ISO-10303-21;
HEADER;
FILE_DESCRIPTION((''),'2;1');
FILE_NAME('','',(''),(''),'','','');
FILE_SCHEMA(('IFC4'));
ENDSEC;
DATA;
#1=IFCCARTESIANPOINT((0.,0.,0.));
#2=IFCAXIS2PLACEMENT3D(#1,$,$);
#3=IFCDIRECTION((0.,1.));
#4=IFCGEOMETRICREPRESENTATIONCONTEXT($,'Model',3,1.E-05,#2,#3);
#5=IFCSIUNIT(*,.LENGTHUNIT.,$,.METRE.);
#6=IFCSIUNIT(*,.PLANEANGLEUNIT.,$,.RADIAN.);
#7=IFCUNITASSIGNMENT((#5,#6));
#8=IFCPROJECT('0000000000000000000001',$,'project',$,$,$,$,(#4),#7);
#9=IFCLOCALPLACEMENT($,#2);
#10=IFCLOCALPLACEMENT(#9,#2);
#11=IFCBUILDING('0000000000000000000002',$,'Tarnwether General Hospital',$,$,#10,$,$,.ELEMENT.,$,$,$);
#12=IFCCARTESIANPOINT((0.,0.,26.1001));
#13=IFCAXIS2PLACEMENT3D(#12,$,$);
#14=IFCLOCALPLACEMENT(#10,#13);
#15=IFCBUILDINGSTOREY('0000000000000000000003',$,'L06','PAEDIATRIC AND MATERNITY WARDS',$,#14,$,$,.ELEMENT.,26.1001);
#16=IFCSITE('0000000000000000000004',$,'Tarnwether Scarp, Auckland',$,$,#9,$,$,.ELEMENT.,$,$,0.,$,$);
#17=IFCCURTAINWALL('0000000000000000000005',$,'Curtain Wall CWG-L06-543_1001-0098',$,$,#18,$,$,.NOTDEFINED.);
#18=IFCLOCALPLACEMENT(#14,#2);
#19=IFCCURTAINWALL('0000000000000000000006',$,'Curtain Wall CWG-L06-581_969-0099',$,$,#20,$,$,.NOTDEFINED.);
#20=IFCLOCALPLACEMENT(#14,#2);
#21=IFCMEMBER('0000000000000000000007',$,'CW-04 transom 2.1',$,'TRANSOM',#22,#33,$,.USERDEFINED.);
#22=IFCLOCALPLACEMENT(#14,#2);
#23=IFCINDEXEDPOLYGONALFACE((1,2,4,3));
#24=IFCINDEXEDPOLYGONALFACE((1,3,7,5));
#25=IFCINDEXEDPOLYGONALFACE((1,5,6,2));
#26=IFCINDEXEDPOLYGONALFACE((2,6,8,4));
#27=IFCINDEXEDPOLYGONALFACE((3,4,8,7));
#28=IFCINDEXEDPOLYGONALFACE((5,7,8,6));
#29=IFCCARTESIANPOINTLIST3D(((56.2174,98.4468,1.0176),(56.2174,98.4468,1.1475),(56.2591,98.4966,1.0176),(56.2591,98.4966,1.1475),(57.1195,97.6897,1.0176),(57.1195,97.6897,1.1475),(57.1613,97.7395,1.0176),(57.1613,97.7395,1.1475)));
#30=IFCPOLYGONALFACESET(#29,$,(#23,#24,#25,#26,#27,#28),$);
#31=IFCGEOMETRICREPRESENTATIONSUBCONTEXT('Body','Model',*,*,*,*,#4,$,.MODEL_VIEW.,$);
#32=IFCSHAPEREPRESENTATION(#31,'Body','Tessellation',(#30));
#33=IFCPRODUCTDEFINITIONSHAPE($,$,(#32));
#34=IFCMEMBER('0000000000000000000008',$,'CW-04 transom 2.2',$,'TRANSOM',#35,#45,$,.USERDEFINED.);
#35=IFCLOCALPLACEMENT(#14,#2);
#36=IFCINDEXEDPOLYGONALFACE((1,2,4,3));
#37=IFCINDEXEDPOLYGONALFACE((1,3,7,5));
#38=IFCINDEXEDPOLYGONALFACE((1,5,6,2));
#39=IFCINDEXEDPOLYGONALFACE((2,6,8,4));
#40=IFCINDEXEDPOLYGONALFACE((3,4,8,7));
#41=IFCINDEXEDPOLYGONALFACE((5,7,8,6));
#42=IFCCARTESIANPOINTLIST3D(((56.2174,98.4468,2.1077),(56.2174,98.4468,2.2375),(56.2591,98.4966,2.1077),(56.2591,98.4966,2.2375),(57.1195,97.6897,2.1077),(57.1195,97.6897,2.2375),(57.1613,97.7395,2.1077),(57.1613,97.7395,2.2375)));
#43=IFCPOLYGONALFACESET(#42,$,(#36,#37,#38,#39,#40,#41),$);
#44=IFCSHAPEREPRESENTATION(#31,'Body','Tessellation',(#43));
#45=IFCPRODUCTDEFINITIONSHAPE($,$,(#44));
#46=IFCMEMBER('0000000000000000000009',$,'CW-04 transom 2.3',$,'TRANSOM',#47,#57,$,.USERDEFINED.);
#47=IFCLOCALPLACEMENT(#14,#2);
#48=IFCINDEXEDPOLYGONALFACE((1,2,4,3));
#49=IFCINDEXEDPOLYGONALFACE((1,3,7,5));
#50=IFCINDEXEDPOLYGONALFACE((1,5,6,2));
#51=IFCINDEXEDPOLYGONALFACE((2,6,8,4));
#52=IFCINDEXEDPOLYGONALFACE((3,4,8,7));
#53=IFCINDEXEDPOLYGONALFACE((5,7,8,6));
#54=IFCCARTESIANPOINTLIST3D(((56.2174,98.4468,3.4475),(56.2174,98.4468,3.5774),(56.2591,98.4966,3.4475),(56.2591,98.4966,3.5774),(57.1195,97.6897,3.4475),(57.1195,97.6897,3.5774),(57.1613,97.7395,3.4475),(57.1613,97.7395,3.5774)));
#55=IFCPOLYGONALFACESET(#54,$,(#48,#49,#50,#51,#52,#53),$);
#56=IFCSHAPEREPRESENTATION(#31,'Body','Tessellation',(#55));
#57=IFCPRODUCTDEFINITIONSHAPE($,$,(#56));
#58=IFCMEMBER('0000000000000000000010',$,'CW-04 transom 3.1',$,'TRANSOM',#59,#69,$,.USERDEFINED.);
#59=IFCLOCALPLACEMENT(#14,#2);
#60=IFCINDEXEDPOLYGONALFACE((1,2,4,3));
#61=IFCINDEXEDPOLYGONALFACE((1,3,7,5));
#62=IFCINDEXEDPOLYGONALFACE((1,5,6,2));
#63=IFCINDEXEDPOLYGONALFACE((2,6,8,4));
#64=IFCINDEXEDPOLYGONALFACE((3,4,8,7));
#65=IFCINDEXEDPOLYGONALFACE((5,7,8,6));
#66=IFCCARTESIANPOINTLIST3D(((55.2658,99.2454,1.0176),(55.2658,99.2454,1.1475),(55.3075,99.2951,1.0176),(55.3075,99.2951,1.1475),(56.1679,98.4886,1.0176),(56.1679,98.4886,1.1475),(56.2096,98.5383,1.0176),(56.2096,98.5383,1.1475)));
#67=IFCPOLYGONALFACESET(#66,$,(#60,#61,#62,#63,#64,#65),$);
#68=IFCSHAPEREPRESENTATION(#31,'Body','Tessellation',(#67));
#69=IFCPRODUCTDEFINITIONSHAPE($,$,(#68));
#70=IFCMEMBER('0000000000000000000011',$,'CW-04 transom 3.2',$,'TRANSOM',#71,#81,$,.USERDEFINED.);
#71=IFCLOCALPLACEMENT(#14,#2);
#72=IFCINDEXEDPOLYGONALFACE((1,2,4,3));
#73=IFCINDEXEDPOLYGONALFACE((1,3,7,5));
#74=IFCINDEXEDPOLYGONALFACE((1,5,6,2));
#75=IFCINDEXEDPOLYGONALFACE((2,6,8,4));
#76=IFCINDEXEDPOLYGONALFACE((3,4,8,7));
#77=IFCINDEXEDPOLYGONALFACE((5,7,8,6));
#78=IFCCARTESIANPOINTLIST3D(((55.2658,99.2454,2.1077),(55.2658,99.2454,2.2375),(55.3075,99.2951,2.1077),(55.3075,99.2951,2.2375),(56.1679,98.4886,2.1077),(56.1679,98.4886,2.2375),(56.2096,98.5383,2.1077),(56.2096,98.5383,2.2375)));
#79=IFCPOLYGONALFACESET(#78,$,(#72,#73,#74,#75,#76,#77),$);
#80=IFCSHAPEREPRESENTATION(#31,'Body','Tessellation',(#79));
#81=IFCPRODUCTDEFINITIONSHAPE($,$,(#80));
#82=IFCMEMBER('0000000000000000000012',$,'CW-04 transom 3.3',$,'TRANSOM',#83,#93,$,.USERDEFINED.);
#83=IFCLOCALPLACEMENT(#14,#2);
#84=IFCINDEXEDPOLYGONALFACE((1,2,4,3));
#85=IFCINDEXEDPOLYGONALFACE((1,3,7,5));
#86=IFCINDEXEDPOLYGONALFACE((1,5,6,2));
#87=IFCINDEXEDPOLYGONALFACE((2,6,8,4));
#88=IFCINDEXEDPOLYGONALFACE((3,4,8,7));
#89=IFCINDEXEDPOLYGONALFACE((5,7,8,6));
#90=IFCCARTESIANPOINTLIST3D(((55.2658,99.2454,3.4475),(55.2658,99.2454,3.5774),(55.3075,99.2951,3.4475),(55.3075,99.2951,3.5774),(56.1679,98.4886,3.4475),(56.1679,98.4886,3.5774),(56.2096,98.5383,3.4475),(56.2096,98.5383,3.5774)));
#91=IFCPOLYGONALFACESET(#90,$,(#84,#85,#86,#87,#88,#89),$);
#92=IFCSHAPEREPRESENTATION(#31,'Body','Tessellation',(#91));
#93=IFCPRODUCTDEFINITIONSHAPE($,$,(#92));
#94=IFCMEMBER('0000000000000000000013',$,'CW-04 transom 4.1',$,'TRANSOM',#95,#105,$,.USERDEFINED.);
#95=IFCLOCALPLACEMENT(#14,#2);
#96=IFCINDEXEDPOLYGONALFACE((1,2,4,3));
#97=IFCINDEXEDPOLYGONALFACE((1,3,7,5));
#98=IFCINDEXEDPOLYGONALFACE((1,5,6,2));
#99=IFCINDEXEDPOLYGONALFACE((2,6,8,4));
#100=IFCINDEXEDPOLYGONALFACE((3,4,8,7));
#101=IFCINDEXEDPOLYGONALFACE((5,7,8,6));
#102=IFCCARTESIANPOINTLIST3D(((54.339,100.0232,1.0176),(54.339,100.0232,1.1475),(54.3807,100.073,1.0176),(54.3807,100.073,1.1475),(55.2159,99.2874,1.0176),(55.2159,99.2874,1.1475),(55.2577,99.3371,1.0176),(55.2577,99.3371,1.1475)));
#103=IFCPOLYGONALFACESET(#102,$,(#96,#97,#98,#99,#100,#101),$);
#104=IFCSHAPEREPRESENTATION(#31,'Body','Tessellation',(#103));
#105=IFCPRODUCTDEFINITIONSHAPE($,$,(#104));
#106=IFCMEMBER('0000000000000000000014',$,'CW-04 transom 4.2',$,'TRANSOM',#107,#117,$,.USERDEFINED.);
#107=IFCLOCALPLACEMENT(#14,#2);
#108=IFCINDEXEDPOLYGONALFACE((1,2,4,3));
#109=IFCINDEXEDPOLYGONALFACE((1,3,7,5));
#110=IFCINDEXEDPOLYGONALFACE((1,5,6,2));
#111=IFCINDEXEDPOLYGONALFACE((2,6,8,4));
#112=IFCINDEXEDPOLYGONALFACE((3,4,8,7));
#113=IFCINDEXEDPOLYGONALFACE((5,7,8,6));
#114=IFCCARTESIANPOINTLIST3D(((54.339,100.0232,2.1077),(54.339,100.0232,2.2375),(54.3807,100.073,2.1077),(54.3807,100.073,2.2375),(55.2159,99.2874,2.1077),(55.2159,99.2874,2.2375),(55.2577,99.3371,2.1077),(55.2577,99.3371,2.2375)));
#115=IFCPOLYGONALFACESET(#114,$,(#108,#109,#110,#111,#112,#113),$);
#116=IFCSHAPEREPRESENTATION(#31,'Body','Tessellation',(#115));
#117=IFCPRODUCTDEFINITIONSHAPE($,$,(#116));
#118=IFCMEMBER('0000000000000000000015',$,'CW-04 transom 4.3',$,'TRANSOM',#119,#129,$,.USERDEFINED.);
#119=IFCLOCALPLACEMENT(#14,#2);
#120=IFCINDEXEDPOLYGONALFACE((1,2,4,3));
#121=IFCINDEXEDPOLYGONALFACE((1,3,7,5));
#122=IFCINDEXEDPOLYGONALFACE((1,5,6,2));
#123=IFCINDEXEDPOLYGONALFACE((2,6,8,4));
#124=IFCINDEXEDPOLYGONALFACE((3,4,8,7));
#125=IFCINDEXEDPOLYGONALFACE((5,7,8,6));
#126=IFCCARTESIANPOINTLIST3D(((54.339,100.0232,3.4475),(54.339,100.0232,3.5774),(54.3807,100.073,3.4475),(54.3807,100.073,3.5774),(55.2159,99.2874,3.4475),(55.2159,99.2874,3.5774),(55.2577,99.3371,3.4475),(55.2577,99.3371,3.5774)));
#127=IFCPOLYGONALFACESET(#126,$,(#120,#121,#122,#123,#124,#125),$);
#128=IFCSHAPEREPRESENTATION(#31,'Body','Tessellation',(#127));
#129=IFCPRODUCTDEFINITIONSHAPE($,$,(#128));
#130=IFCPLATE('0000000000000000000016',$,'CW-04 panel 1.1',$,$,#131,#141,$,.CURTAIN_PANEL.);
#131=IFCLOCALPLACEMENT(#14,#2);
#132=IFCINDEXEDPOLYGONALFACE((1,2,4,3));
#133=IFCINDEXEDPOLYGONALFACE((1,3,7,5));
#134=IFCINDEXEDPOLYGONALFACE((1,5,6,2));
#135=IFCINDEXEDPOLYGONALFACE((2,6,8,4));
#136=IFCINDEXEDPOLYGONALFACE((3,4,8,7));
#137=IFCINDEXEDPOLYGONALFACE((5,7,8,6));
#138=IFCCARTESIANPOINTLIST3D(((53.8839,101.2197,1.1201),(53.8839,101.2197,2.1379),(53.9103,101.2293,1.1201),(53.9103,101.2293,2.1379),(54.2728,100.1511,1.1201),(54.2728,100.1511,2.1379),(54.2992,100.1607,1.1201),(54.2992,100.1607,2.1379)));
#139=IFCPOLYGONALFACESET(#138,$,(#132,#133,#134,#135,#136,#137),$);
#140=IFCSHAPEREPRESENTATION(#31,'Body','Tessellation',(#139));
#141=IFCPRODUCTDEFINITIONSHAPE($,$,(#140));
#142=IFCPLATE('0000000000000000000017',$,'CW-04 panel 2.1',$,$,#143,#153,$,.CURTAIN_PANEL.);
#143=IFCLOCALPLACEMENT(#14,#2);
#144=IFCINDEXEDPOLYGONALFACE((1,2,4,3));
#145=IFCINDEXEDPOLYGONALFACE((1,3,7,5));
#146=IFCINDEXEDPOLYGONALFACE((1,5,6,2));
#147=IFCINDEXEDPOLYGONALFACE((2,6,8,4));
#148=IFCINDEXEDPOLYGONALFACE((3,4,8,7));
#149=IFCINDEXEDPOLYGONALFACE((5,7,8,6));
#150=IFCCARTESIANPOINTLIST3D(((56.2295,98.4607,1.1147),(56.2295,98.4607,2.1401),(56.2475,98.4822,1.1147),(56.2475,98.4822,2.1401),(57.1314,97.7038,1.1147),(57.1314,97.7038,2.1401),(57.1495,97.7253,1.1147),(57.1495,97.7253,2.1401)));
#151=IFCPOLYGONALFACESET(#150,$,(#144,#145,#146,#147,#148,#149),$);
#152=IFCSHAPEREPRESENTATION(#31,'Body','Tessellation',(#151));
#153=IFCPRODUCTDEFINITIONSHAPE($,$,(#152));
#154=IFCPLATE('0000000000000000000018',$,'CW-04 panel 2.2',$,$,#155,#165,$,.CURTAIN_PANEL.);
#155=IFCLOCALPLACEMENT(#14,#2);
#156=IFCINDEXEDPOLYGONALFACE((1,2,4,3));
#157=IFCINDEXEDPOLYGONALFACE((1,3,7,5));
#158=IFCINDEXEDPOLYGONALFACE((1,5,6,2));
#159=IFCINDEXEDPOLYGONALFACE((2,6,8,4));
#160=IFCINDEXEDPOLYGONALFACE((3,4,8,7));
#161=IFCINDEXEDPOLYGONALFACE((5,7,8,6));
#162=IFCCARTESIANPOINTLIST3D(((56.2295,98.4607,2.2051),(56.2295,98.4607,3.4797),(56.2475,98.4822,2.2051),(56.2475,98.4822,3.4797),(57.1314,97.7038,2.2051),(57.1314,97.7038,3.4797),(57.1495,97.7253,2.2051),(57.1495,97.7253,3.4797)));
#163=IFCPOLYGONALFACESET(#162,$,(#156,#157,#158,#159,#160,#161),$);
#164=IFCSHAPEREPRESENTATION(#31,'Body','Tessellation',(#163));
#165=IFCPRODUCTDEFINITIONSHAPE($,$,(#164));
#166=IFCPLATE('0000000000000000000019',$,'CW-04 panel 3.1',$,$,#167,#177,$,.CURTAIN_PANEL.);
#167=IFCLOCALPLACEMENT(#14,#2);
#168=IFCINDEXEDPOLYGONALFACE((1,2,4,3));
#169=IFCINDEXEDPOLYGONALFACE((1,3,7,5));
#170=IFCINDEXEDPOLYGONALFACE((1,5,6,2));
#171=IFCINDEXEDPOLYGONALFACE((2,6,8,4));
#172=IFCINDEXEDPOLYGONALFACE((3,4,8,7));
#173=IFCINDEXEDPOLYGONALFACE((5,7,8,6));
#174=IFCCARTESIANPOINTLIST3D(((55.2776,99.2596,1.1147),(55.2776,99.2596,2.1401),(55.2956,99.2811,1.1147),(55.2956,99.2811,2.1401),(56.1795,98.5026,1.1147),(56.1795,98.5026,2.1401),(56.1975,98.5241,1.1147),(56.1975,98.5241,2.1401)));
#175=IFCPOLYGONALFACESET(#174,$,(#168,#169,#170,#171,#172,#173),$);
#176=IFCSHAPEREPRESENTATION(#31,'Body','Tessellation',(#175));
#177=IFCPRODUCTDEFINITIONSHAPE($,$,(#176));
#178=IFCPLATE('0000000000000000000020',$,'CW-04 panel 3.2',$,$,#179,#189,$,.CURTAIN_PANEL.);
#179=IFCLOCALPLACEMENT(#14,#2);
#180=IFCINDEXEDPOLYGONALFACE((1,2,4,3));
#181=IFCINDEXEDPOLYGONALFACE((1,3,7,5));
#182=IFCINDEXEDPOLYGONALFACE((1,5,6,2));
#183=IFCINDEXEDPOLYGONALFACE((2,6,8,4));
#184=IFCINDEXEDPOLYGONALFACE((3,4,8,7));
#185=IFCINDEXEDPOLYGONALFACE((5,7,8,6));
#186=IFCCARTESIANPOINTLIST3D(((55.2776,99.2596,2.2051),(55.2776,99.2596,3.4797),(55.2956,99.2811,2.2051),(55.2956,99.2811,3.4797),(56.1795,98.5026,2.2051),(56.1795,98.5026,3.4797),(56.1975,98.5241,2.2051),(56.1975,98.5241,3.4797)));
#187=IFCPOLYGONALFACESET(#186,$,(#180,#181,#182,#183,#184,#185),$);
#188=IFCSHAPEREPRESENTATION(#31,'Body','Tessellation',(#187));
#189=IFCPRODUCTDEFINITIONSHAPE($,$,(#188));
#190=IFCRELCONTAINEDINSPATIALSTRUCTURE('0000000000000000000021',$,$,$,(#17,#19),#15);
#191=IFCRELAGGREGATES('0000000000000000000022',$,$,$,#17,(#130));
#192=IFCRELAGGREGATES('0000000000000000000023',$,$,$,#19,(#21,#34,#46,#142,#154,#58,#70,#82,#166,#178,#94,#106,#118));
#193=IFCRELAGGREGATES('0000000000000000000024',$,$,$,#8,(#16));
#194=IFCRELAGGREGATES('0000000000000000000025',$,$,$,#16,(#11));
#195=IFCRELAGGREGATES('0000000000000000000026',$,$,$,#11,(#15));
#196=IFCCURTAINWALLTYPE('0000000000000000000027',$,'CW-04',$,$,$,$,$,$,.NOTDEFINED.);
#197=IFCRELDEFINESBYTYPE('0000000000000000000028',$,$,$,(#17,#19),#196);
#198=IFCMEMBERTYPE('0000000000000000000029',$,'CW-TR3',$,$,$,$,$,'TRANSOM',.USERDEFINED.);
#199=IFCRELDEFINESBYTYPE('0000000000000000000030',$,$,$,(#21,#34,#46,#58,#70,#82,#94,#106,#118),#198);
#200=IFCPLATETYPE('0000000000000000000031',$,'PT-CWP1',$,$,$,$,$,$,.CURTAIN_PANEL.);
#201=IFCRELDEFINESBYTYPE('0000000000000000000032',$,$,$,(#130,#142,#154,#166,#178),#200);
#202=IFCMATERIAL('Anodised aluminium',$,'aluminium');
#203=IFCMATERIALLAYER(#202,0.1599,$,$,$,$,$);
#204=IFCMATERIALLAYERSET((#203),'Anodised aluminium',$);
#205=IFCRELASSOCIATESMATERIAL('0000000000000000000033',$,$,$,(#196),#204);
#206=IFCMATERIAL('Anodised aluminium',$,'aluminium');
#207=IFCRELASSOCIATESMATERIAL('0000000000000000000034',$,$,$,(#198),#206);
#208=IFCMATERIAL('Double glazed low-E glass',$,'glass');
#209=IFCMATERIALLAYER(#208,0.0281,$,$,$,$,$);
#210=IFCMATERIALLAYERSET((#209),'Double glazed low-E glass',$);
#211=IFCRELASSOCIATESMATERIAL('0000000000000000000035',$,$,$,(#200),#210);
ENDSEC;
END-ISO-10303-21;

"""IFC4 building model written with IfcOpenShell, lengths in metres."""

from ifc_helpers import new_model, si_unit, direction, frame, origin, origin_2d, place, context, subcontext, project, spatial, rectangle, extrude, material, layer, layer_set, material_profile, profile_set, type_object, element, aggregate, save


model = new_model("IFC4")

# Units and contexts
model_context = context("Model", 3, precision=1e-05, world=origin(), true_north=direction((0.0, 1.0)))
body_context = subcontext(model_context, "Body", "Model", "MODEL_VIEW")
ifc_project = project(units=[si_unit("LENGTHUNIT", "METRE"), si_unit("PLANEANGLEUNIT", "RADIAN")], contexts=[model_context])

# Site, building, storey
site_placement = place(None, origin())
site = spatial("IfcSite", under=ifc_project, at=site_placement, Name="Tarnwether Scarp, Auckland", CompositionType="ELEMENT", RefElevation=0.0)
building_placement = place(site_placement, origin())
building = spatial("IfcBuilding", under=site, at=building_placement, Name="Tarnwether General Hospital", CompositionType="ELEMENT")
storey_placement = place(building_placement, frame((0.0, 0.0, 26.1001)))
storey = spatial("IfcBuildingStorey", under=building, at=storey_placement, Name="L06", Description="PAEDIATRIC AND MATERNITY WARDS", CompositionType="ELEMENT", Elevation=26.1001)

# Curtain wall
ifc_material_1 = material(Name="Anodised aluminium", Category="aluminium")
ifc_layer_1 = layer(ifc_material_1, 0.1599)
ifc_layer_set_1 = layer_set([ifc_layer_1], Name="Anodised aluminium")
curtain_wall_type = type_object("IfcCurtainWallType", Name="CW-04", PredefinedType="NOTDEFINED", material=ifc_layer_set_1)
curtain_wall_1_placement = place(storey_placement, origin())
curtain_wall_1 = element("IfcCurtainWall", 1, at=curtain_wall_1_placement, inside=storey, type_object=curtain_wall_type, Name="Curtain Wall CWG-L06-543_1001-0098", PredefinedType="NOTDEFINED")

# Curtain wall
curtain_wall_2_placement = place(storey_placement, origin())
curtain_wall_2 = element("IfcCurtainWall", 2, at=curtain_wall_2_placement, inside=storey, type_object=curtain_wall_type, Name="Curtain Wall CWG-L06-581_969-0099", PredefinedType="NOTDEFINED")

# Members
ifc_material_2 = material(Name="Anodised aluminium", Category="aluminium")
ifc_material_profile_1 = material_profile(ifc_material_2, rectangle(XDim=0.0649, YDim=0.1299, at=origin_2d()), Name="ALU-TRN-65x130")
ifc_profile_set_1 = profile_set([ifc_material_profile_1], Name="Anodised aluminium")
member_type_1 = type_object("IfcMemberType", Name="CW-TR3", ElementType="TRANSOM", PredefinedType="USERDEFINED", material=ifc_profile_set_1)
member_1_placement = place(storey_placement, frame((57.1404, 97.7146, 1.0825), z_axis=(-0.765991, 0.642852, 0.0), x_axis=(-0.642852, -0.765991, 0.0)))
member_1 = element("IfcMember", 3, at=member_1_placement, type_object=member_type_1, Name="CW-04 transom 2.1", ObjectType="TRANSOM", PredefinedType="USERDEFINED", context=body_context, shape_type="SweptSolid", body=[
    extrude(rectangle(XDim=0.0649, YDim=0.1299, at=origin_2d()), origin(), (0.0, 0.0, 1.0), 1.1777),
])
member_2_placement = place(storey_placement, frame((57.1404, 97.7146, 2.1726), z_axis=(-0.765991, 0.642852, 0.0), x_axis=(-0.642852, -0.765991, 0.0)))
member_2 = element("IfcMember", 4, at=member_2_placement, type_object=member_type_1, Name="CW-04 transom 2.2", ObjectType="TRANSOM", PredefinedType="USERDEFINED", context=body_context, shape_type="SweptSolid", body=[
    extrude(rectangle(XDim=0.0649, YDim=0.1299, at=origin_2d()), origin(), (0.0, 0.0, 1.0), 1.1777),
])
member_3_placement = place(storey_placement, frame((57.1404, 97.7146, 3.5125), z_axis=(-0.765991, 0.642852, 0.0), x_axis=(-0.642852, -0.765991, 0.0)))
member_3 = element("IfcMember", 5, at=member_3_placement, type_object=member_type_1, Name="CW-04 transom 2.3", ObjectType="TRANSOM", PredefinedType="USERDEFINED", context=body_context, shape_type="SweptSolid", body=[
    extrude(rectangle(XDim=0.0649, YDim=0.1299, at=origin_2d()), origin(), (0.0, 0.0, 1.0), 1.1777),
])
member_4_placement = place(storey_placement, frame((56.1887, 98.5134, 1.0825), z_axis=(-0.766093, 0.64273, 0.0), x_axis=(-0.64273, -0.766093, 0.0)))
member_4 = element("IfcMember", 6, at=member_4_placement, type_object=member_type_1, Name="CW-04 transom 3.1", ObjectType="TRANSOM", PredefinedType="USERDEFINED", context=body_context, shape_type="SweptSolid", body=[
    extrude(rectangle(XDim=0.0649, YDim=0.1299, at=origin_2d()), origin(), (0.0, 0.0, 1.0), 1.1775),
])
member_5_placement = place(storey_placement, frame((56.1887, 98.5134, 2.1726), z_axis=(-0.766093, 0.64273, 0.0), x_axis=(-0.64273, -0.766093, 0.0)))
member_5 = element("IfcMember", 7, at=member_5_placement, type_object=member_type_1, Name="CW-04 transom 3.2", ObjectType="TRANSOM", PredefinedType="USERDEFINED", context=body_context, shape_type="SweptSolid", body=[
    extrude(rectangle(XDim=0.0649, YDim=0.1299, at=origin_2d()), origin(), (0.0, 0.0, 1.0), 1.1775),
])
member_6_placement = place(storey_placement, frame((56.1887, 98.5134, 3.5125), z_axis=(-0.766093, 0.64273, 0.0), x_axis=(-0.64273, -0.766093, 0.0)))
member_6 = element("IfcMember", 8, at=member_6_placement, type_object=member_type_1, Name="CW-04 transom 3.3", ObjectType="TRANSOM", PredefinedType="USERDEFINED", context=body_context, shape_type="SweptSolid", body=[
    extrude(rectangle(XDim=0.0649, YDim=0.1299, at=origin_2d()), origin(), (0.0, 0.0, 1.0), 1.1775),
])
member_7_placement = place(storey_placement, frame((55.2368, 99.3123, 1.0825), z_axis=(-0.766049, 0.642782, 0.0), x_axis=(-0.642782, -0.766049, 0.0)))
member_7 = element("IfcMember", 9, at=member_7_placement, type_object=member_type_1, Name="CW-04 transom 4.1", ObjectType="TRANSOM", PredefinedType="USERDEFINED", context=body_context, shape_type="SweptSolid", body=[
    extrude(rectangle(XDim=0.0649, YDim=0.1299, at=origin_2d()), origin(), (0.0, 0.0, 1.0), 1.1448),
])
member_8_placement = place(storey_placement, frame((55.2368, 99.3123, 2.1726), z_axis=(-0.766049, 0.642782, 0.0), x_axis=(-0.642782, -0.766049, 0.0)))
member_8 = element("IfcMember", 10, at=member_8_placement, type_object=member_type_1, Name="CW-04 transom 4.2", ObjectType="TRANSOM", PredefinedType="USERDEFINED", context=body_context, shape_type="SweptSolid", body=[
    extrude(rectangle(XDim=0.0649, YDim=0.1299, at=origin_2d()), origin(), (0.0, 0.0, 1.0), 1.1448),
])
member_9_placement = place(storey_placement, frame((55.2368, 99.3123, 3.5125), z_axis=(-0.766049, 0.642782, 0.0), x_axis=(-0.642782, -0.766049, 0.0)))
member_9 = element("IfcMember", 11, at=member_9_placement, type_object=member_type_1, Name="CW-04 transom 4.3", ObjectType="TRANSOM", PredefinedType="USERDEFINED", context=body_context, shape_type="SweptSolid", body=[
    extrude(rectangle(XDim=0.0649, YDim=0.1299, at=origin_2d()), origin(), (0.0, 0.0, 1.0), 1.1448),
])

# Plates
ifc_material_3 = material(Name="Double glazed low-E glass", Category="glass")
ifc_layer_2 = layer(ifc_material_3, 0.0281)
ifc_layer_set_2 = layer_set([ifc_layer_2], Name="Double glazed low-E glass")
plate_type = type_object("IfcPlateType", Name="PT-CWP1", PredefinedType="CURTAIN_PANEL", material=ifc_layer_set_2)
plate_1_placement = place(storey_placement, frame((54.0916, 100.6902, 1.1201), z_axis=(0.0, 0.0, 1.0), x_axis=(-0.341953, 0.939717, 0.0)))
plate_1 = element("IfcPlate", 12, at=plate_1_placement, type_object=plate_type, Name="CW-04 panel 1.1", PredefinedType="CURTAIN_PANEL", context=body_context, shape_type="SweptSolid", body=[
    extrude(rectangle(XDim=1.1372, YDim=0.0281, at=origin_2d()), origin(), (0.0, 0.0, 1.0), 1.0178),
])
aggregate(curtain_wall_1, [plate_1])
plate_2_placement = place(storey_placement, frame((56.6895, 98.093, 1.1147), z_axis=(0.0, 0.0, 1.0), x_axis=(-0.76599, 0.642852, 0.0)))
plate_2 = element("IfcPlate", 13, at=plate_2_placement, type_object=plate_type, Name="CW-04 panel 2.1", PredefinedType="CURTAIN_PANEL", context=body_context, shape_type="SweptSolid", body=[
    extrude(rectangle(XDim=1.1775, YDim=0.0281, at=origin_2d()), origin(), (0.0, 0.0, 1.0), 1.0254),
])
plate_3_placement = place(storey_placement, frame((56.6895, 98.093, 2.2051), z_axis=(0.0, 0.0, 1.0), x_axis=(-0.76599, 0.642852, 0.0)))
plate_3 = element("IfcPlate", 14, at=plate_3_placement, type_object=plate_type, Name="CW-04 panel 2.2", PredefinedType="CURTAIN_PANEL", context=body_context, shape_type="SweptSolid", body=[
    extrude(rectangle(XDim=1.1775, YDim=0.0281, at=origin_2d()), origin(), (0.0, 0.0, 1.0), 1.2747),
])
plate_4_placement = place(storey_placement, frame((55.7375, 98.8918, 1.1147), z_axis=(0.0, 0.0, 1.0), x_axis=(-0.76599, 0.642852, 0.0)))
plate_4 = element("IfcPlate", 15, at=plate_4_placement, type_object=plate_type, Name="CW-04 panel 3.1", PredefinedType="CURTAIN_PANEL", context=body_context, shape_type="SweptSolid", body=[
    extrude(rectangle(XDim=1.1775, YDim=0.0281, at=origin_2d()), origin(), (0.0, 0.0, 1.0), 1.0254),
])
plate_5_placement = place(storey_placement, frame((55.7375, 98.8918, 2.2051), z_axis=(0.0, 0.0, 1.0), x_axis=(-0.76599, 0.642852, 0.0)))
plate_5 = element("IfcPlate", 16, at=plate_5_placement, type_object=plate_type, Name="CW-04 panel 3.2", PredefinedType="CURTAIN_PANEL", context=body_context, shape_type="SweptSolid", body=[
    extrude(rectangle(XDim=1.1775, YDim=0.0281, at=origin_2d()), origin(), (0.0, 0.0, 1.0), 1.2747),
])
aggregate(curtain_wall_2, [member_1, member_2, member_3, plate_2, plate_3, member_4, member_5, member_6, plate_4, plate_5, member_7, member_8, member_9])

save(model, "model.ifc")
